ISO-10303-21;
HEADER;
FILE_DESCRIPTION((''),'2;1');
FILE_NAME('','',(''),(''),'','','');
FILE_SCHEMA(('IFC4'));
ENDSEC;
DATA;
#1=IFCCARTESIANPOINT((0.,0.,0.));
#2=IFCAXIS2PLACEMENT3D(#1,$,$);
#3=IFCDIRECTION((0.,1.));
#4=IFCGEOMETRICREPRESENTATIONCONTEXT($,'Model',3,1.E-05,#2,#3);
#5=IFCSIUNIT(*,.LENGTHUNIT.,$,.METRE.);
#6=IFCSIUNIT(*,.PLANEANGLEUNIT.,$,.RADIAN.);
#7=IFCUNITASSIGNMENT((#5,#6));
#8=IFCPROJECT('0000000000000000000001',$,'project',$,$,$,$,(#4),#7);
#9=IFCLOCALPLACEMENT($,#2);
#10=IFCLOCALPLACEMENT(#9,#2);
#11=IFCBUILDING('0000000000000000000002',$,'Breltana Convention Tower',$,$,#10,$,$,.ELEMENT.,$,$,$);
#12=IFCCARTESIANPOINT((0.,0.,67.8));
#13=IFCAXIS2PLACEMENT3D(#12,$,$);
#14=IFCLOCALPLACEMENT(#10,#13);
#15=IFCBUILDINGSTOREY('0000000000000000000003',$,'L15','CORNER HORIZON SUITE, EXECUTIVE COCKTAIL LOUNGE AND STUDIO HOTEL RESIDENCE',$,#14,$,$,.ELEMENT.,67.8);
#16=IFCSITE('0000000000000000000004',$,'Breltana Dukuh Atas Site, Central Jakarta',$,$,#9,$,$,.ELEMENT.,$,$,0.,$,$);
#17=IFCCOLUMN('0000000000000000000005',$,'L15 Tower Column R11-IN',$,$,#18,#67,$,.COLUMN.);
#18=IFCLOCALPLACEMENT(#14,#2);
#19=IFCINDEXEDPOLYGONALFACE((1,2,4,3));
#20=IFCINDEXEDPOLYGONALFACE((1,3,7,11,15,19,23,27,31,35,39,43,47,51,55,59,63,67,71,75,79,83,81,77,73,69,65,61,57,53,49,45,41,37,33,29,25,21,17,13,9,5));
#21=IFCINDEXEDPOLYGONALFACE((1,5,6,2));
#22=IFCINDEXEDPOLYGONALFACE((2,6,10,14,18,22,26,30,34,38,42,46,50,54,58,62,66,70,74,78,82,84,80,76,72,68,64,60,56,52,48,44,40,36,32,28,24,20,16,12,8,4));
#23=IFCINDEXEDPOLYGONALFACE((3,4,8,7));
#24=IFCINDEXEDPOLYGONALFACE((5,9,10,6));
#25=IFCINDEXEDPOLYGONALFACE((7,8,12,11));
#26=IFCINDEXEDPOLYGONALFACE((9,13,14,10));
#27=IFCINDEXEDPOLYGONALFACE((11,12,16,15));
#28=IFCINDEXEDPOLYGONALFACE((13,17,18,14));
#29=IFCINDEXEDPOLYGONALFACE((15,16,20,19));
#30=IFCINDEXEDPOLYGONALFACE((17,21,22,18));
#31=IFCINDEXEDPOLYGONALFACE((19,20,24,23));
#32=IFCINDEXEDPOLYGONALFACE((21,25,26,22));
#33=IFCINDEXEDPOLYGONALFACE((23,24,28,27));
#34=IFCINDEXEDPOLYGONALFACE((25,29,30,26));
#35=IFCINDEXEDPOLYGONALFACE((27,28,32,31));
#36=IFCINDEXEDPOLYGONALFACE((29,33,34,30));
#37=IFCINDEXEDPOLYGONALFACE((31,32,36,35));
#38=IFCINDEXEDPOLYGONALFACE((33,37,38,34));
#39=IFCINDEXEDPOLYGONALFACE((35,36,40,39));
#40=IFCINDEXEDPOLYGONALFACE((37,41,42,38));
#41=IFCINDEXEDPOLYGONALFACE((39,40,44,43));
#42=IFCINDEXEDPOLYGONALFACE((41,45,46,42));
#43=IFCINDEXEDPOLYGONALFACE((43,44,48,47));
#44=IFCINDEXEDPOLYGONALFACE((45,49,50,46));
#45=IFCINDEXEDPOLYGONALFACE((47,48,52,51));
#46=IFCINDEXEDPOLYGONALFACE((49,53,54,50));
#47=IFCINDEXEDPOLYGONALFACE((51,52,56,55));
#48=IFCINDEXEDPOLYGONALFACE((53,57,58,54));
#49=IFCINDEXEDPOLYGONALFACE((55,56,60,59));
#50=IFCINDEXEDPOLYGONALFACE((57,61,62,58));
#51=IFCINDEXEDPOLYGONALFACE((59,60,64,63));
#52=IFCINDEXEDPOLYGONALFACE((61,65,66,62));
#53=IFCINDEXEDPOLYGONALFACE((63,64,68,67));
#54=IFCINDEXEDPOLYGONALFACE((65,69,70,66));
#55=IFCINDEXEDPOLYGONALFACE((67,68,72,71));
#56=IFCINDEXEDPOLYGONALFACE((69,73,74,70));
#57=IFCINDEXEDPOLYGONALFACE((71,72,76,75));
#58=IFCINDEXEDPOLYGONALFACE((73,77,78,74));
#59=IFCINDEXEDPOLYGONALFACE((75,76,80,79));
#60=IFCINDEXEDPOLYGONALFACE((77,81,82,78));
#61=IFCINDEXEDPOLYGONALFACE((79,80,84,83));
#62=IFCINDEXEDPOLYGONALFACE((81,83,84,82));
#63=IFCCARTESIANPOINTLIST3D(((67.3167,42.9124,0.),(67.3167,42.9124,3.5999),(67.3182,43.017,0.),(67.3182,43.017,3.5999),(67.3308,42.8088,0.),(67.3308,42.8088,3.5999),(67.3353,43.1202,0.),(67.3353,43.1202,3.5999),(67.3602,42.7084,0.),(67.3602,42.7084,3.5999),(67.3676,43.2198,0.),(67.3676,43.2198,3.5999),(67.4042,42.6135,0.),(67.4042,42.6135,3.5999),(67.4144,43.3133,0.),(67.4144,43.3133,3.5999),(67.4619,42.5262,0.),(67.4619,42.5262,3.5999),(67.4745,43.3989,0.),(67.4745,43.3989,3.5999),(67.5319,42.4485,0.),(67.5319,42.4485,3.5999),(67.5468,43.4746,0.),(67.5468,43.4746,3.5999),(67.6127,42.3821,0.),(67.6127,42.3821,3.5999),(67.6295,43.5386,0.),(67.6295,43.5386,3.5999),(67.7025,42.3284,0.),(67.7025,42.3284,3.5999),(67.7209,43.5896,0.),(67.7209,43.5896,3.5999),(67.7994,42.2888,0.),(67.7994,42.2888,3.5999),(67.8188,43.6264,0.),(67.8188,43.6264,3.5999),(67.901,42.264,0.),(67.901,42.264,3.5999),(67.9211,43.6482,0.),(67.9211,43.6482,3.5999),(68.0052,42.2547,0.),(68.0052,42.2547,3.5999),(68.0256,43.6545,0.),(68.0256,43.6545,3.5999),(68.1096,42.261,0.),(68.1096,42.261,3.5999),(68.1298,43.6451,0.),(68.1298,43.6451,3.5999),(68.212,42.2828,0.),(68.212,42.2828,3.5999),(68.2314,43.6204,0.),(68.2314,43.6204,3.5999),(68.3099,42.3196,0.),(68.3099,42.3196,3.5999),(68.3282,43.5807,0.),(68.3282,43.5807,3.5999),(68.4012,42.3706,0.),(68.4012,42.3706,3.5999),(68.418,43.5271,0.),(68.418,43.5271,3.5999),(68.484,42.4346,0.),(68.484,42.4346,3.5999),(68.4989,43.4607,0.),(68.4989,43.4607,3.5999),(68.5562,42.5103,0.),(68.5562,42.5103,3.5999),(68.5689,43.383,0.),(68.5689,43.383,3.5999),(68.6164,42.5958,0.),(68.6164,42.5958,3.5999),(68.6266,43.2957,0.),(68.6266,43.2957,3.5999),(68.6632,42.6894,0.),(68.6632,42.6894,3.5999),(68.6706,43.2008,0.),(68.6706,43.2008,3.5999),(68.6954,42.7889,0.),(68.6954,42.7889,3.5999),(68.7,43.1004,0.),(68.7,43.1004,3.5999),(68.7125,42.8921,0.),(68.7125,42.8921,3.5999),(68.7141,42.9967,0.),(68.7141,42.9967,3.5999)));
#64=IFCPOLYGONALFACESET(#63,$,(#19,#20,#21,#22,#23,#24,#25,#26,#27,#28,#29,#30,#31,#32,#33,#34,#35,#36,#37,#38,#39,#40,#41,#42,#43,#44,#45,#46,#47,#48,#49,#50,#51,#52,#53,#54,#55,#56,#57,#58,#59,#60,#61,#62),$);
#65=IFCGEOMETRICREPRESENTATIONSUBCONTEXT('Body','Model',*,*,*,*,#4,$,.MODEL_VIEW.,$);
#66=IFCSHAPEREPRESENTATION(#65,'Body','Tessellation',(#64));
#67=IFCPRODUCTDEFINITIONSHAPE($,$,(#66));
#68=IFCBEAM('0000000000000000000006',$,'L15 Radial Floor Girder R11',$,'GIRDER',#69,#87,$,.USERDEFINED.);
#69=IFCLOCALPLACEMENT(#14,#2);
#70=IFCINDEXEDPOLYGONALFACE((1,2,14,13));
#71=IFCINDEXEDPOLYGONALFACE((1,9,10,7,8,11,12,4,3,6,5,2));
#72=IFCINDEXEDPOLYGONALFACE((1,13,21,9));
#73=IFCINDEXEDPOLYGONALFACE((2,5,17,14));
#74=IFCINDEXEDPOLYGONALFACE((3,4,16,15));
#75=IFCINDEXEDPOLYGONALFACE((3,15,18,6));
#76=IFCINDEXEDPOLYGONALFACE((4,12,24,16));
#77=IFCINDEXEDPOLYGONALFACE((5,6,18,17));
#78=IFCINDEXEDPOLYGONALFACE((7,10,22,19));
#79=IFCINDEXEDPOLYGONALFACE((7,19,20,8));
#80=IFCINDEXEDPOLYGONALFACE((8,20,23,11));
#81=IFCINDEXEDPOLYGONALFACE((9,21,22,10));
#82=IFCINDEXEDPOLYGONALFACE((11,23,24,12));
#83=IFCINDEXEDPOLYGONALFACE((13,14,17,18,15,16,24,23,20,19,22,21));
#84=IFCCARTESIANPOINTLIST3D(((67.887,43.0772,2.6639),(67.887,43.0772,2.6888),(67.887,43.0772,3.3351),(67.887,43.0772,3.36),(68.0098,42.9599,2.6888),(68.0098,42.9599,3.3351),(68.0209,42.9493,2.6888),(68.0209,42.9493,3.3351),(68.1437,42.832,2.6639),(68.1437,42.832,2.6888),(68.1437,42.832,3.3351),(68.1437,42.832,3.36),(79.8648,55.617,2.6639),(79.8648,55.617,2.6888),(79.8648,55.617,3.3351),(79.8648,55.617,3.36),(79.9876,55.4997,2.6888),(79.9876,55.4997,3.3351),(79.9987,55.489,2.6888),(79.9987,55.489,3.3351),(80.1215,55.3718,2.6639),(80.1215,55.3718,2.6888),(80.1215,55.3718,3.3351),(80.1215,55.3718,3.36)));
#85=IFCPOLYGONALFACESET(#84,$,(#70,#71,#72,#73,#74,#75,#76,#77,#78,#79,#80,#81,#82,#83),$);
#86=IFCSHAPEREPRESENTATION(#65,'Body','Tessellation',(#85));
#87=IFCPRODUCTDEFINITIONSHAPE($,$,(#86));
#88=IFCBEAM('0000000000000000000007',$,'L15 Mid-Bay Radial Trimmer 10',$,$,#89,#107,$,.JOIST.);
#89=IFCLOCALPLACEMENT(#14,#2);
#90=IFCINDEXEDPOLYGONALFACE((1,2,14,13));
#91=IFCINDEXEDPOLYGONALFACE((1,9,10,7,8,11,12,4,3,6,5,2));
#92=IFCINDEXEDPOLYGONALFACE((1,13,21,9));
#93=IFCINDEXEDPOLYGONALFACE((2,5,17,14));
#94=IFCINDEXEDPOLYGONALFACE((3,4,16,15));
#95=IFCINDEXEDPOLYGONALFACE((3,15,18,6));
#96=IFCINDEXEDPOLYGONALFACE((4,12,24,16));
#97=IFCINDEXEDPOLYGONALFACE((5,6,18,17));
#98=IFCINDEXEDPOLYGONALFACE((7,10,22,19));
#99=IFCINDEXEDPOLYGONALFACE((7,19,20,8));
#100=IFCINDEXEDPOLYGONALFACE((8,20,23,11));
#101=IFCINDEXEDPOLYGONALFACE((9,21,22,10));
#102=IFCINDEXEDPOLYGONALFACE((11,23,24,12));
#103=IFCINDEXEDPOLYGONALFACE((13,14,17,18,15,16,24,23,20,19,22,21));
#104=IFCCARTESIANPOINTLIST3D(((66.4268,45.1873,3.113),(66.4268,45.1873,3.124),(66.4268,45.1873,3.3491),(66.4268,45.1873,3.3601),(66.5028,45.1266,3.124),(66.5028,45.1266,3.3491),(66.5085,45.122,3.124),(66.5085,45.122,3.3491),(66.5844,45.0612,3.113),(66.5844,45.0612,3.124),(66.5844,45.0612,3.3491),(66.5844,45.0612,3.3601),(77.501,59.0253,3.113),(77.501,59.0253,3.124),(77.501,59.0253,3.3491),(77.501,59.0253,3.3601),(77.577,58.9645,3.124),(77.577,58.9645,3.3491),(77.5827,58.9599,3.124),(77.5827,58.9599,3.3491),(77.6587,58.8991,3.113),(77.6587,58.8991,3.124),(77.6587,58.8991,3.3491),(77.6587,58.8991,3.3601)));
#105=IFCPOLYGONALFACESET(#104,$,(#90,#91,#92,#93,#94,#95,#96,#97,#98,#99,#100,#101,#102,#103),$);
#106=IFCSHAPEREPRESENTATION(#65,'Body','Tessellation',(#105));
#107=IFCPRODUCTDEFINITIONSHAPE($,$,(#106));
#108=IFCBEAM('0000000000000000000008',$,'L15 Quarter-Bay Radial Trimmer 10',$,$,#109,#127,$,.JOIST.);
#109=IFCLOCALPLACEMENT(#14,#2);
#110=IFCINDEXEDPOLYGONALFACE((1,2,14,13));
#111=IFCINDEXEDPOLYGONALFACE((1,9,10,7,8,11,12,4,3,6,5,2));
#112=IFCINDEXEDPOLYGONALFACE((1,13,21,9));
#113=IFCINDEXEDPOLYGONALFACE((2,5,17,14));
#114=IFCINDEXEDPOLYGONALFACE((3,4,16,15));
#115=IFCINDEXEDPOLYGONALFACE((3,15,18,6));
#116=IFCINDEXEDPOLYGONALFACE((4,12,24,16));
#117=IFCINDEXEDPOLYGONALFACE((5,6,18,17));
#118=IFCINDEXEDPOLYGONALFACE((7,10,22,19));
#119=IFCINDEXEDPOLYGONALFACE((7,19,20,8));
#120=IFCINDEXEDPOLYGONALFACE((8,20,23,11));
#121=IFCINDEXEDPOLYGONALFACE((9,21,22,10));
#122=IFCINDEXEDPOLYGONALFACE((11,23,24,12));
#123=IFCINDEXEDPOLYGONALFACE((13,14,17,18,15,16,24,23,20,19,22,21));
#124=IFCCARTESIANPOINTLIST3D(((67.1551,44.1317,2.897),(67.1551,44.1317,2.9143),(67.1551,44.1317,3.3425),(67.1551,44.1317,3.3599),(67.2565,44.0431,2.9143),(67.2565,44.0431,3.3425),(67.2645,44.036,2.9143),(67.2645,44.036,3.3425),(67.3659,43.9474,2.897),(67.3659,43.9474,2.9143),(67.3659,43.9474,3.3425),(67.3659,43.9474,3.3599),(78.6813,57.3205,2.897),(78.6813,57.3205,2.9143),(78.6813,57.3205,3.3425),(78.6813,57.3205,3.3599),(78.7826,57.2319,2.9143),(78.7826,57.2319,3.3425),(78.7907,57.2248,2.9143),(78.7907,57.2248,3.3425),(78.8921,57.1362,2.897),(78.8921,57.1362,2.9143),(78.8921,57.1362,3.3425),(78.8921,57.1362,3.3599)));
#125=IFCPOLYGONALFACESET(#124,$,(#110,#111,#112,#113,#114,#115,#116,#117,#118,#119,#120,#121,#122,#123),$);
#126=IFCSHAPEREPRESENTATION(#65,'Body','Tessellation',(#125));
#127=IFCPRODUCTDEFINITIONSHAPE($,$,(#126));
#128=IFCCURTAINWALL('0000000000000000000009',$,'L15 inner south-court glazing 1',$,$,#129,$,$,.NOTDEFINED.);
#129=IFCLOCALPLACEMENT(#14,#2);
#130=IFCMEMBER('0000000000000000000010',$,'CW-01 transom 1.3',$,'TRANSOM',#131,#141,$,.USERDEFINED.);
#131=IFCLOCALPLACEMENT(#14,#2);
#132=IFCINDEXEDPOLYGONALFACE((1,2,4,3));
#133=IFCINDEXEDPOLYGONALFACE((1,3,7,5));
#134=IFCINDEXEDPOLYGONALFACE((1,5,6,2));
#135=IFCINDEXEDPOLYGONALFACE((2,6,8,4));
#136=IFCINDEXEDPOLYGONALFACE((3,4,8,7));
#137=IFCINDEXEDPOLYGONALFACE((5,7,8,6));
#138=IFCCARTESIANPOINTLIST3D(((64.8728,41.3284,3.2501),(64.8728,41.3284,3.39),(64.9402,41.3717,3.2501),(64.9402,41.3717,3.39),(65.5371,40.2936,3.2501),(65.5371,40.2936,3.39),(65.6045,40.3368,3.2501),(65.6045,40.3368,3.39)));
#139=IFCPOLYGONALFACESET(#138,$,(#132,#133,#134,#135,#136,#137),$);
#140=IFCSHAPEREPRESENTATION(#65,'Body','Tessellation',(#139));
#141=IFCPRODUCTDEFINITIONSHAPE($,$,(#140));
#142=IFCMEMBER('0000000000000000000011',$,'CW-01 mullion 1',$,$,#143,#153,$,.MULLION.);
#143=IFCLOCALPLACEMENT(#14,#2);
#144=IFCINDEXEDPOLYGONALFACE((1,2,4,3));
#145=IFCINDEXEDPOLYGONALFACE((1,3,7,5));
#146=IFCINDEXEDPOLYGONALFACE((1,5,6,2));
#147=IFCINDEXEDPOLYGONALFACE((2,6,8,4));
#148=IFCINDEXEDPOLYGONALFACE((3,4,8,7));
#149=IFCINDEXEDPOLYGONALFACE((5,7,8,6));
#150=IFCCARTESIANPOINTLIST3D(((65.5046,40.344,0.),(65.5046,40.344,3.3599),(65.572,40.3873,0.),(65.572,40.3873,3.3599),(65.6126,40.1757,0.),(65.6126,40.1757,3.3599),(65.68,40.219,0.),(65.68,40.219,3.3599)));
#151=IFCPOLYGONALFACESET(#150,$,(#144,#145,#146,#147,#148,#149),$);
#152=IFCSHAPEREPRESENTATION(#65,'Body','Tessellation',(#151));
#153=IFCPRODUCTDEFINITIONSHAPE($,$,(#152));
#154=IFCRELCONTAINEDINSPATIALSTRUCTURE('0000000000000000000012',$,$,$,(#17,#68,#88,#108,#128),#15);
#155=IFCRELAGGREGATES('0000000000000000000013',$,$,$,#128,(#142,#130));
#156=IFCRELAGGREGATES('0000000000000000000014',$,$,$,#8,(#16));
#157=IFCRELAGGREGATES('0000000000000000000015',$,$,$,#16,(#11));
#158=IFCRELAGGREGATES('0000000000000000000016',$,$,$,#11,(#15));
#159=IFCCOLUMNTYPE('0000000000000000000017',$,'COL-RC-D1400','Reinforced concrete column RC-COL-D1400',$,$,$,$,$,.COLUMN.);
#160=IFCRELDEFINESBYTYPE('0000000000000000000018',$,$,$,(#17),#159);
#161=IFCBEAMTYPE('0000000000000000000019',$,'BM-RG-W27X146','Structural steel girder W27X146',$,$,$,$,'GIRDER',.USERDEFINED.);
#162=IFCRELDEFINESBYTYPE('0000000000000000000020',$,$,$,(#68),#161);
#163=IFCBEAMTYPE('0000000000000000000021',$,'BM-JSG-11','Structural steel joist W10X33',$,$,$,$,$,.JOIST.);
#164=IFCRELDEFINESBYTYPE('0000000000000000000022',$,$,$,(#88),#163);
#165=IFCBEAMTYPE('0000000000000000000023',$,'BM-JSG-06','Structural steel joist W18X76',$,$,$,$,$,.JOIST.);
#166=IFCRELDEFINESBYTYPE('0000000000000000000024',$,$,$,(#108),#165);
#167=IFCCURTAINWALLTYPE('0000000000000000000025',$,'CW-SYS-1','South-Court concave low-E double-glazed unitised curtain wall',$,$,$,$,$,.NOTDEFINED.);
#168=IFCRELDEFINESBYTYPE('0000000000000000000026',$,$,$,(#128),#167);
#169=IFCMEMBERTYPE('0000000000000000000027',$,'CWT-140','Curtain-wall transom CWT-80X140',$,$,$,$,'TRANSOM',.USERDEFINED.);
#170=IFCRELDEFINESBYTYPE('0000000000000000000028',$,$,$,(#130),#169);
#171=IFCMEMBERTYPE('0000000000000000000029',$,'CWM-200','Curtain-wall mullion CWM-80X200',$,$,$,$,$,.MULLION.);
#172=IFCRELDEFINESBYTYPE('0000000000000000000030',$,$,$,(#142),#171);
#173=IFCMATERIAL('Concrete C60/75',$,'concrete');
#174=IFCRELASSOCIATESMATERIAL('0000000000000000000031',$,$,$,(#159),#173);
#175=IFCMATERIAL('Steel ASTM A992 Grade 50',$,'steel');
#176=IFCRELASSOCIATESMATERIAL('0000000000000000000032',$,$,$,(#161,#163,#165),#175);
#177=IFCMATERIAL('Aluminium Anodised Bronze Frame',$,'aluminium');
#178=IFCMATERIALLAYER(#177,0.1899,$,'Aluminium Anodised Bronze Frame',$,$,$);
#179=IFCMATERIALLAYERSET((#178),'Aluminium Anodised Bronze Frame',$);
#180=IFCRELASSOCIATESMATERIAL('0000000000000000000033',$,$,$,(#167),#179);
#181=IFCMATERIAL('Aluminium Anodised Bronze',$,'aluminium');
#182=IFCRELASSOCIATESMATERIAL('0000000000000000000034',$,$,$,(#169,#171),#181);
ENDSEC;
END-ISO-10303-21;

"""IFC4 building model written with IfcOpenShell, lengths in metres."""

from ifc_helpers import new_model, si_unit, direction, frame, origin, origin_2d, place, context, subcontext, project, spatial, rectangle, circle, i_section, extrude, source, transform, mapped, material, layer, layer_set, material_profile, profile_set, type_object, type_shapes, element, aggregate, save


model = new_model("IFC4")

# Units and contexts
model_context = context("Model", 3, precision=1e-05, world=origin(), true_north=direction((0.0, 1.0)))
body_context = subcontext(model_context, "Body", "Model", "MODEL_VIEW")
ifc_project = project(units=[si_unit("LENGTHUNIT", "METRE"), si_unit("PLANEANGLEUNIT", "RADIAN")], contexts=[model_context])

# Site, building, storey
site_placement = place(None, origin())
site = spatial("IfcSite", under=ifc_project, at=site_placement, Name="Breltana Dukuh Atas Site, Central Jakarta", CompositionType="ELEMENT", RefElevation=0.0)
building_placement = place(site_placement, origin())
building = spatial("IfcBuilding", under=site, at=building_placement, Name="Breltana Convention Tower", CompositionType="ELEMENT")
storey_placement = place(building_placement, frame((0.0, 0.0, 67.8)))
storey = spatial("IfcBuildingStorey", under=building, at=storey_placement, Name="L15", Description="CORNER HORIZON SUITE, EXECUTIVE COCKTAIL LOUNGE AND STUDIO HOTEL RESIDENCE", CompositionType="ELEMENT", Elevation=67.8)

# Column
ifc_material_1 = material(Name="Concrete C60/75", Category="concrete")
ifc_material_profile_1 = material_profile(ifc_material_1, circle(Radius=0.7, at=origin_2d()), Name="RC-COL-D1400")
ifc_profile_set_1 = profile_set([ifc_material_profile_1], Name="Concrete C60/75")
column_type = type_object("IfcColumnType", Name="COL-RC-D1400", Description="Reinforced concrete column RC-COL-D1400", PredefinedType="COLUMN", material=ifc_profile_set_1)
shared_shape_1 = source(origin(), body_context, "Body", "SweptSolid", [
    extrude(circle(Radius=0.7, at=origin_2d()), origin(), (0.0, 0.0, 1.0), 3.5999),
])
column_placement = place(storey_placement, frame((68.0154, 42.9546, 0.0), z_axis=(0.0, 0.0, 1.0), x_axis=(0.690756, 0.723088, 0.0)))
element("IfcColumn", 1, at=column_placement, inside=storey, type_object=column_type, Name="L15 Tower Column R11-IN", PredefinedType="COLUMN", context=body_context, shape_type="MappedRepresentation", body=[
    mapped(shared_shape_1, transform((0.0, 0.0, 0.0), scale=1.0)),
])

# Beams
ifc_material_2 = material(Name="Steel ASTM A992 Grade 50", Category="steel")
ifc_material_profile_2 = material_profile(ifc_material_2, i_section(OverallWidth=0.355, OverallDepth=0.696, WebThickness=0.0154, FlangeThickness=0.0249, at=origin_2d()), Name="W27X146")
ifc_profile_set_2 = profile_set([ifc_material_profile_2], Name="Steel ASTM A992 Grade 50")
beam_type_1 = type_object("IfcBeamType", Name="BM-RG-W27X146", Description="Structural steel girder W27X146", ElementType="GIRDER", PredefinedType="USERDEFINED", material=ifc_profile_set_2)
shared_shape_2 = source(origin(), body_context, "Body", "SweptSolid", [
    extrude(i_section(OverallWidth=0.355, OverallDepth=0.696, WebThickness=0.0154, FlangeThickness=0.0249, at=origin_2d()), origin(), (0.0, 0.0, 1.0), 17.3411),
])
type_shapes(beam_type_1, [shared_shape_2])
beam_1_placement = place(storey_placement, frame((68.0154, 42.9546, 3.012), z_axis=(0.690716, 0.723126, 0.0), x_axis=(-0.723126, 0.690716, 0.0)))
element("IfcBeam", 2, at=beam_1_placement, inside=storey, type_object=beam_type_1, Name="L15 Radial Floor Girder R11", ObjectType="GIRDER", PredefinedType="USERDEFINED", context=body_context, shape_type="MappedRepresentation", body=[
    mapped(shared_shape_2, transform((0.0, 0.0, 0.0), scale=1.0)),
])
ifc_material_profile_3 = material_profile(ifc_material_2, i_section(OverallWidth=0.2019, OverallDepth=0.2471, WebThickness=0.0073, FlangeThickness=0.011, at=origin_2d()), Name="W10X33")
ifc_profile_set_3 = profile_set([ifc_material_profile_3], Name="Steel ASTM A992 Grade 50")
beam_type_2 = type_object("IfcBeamType", Name="BM-JSG-11", Description="Structural steel joist W10X33", PredefinedType="JOIST", material=ifc_profile_set_3)
shared_shape_3 = source(origin(), body_context, "Body", "SweptSolid", [
    extrude(i_section(OverallWidth=0.2019, OverallDepth=0.2471, WebThickness=0.0073, FlangeThickness=0.011, at=origin_2d()), origin(), (0.0, 0.0, 1.0), 17.7236),
])
beam_2_placement = place(storey_placement, frame((66.5056, 45.1243, 3.2366), z_axis=(0.624829, 0.780761, 0.0), x_axis=(-0.780761, 0.624829, 0.0)))
element("IfcBeam", 3, at=beam_2_placement, inside=storey, type_object=beam_type_2, Name="L15 Mid-Bay Radial Trimmer 10", PredefinedType="JOIST", context=body_context, shape_type="MappedRepresentation", body=[
    mapped(shared_shape_3, transform((0.0, 0.0, 0.0), scale=1.0)),
])
ifc_material_profile_4 = material_profile(ifc_material_2, i_section(OverallWidth=0.28, OverallDepth=0.4629, WebThickness=0.0107, FlangeThickness=0.0173, at=origin_2d()), Name="W18X76")
ifc_profile_set_4 = profile_set([ifc_material_profile_4], Name="Steel ASTM A992 Grade 50")
beam_type_3 = type_object("IfcBeamType", Name="BM-JSG-06", Description="Structural steel joist W18X76", PredefinedType="JOIST", material=ifc_profile_set_4)
shared_shape_4 = source(origin(), body_context, "Body", "SweptSolid", [
    extrude(i_section(OverallWidth=0.28, OverallDepth=0.4629, WebThickness=0.0107, FlangeThickness=0.0173, at=origin_2d()), origin(), (0.0, 0.0, 1.0), 17.5156),
])
beam_3_placement = place(storey_placement, frame((67.2605, 44.0396, 3.1284), z_axis=(0.658052, 0.752973, 0.0), x_axis=(-0.752973, 0.658052, 0.0)))
element("IfcBeam", 4, at=beam_3_placement, inside=storey, type_object=beam_type_3, Name="L15 Quarter-Bay Radial Trimmer 10", PredefinedType="JOIST", context=body_context, shape_type="MappedRepresentation", body=[
    mapped(shared_shape_4, transform((0.0, 0.0, 0.0), scale=1.0)),
])

# Curtain wall, members
ifc_material_3 = material(Name="Aluminium Anodised Bronze Frame", Category="aluminium")
ifc_layer_1 = layer(ifc_material_3, 0.1899, Name="Aluminium Anodised Bronze Frame")
ifc_layer_set_1 = layer_set([ifc_layer_1], Name="Aluminium Anodised Bronze Frame")
curtain_wall_type = type_object("IfcCurtainWallType", Name="CW-SYS-1", Description="South-Court concave low-E double-glazed unitised curtain wall", PredefinedType="NOTDEFINED", material=ifc_layer_set_1)
curtain_wall_placement = place(storey_placement, origin())
curtain_wall = element("IfcCurtainWall", 5, at=curtain_wall_placement, inside=storey, type_object=curtain_wall_type, Name="L15 inner south-court glazing 1", PredefinedType="NOTDEFINED")
ifc_material_4 = material(Name="Aluminium Anodised Bronze", Category="aluminium")
ifc_material_profile_5 = material_profile(ifc_material_4, rectangle(XDim=0.0801, YDim=0.1399, at=origin_2d()), Name="CWT-80X140")
ifc_profile_set_5 = profile_set([ifc_material_profile_5], Name="Aluminium Anodised Bronze")
member_type_1 = type_object("IfcMemberType", Name="CWT-140", Description="Curtain-wall transom CWT-80X140", ElementType="TRANSOM", PredefinedType="USERDEFINED", material=ifc_profile_set_5)
shared_shape_5 = source(origin(), body_context, "Body", "SweptSolid", [
    extrude(rectangle(XDim=0.0801, YDim=0.1399, at=origin_2d()), origin(), (0.0, 0.0, 1.0), 1.2297),
])
member_1_placement = place(storey_placement, frame((65.5708, 40.3152, 3.3201), z_axis=(-0.540186, 0.841546, 0.0), x_axis=(-0.841546, -0.540186, 0.0)))
member_1 = element("IfcMember", 6, at=member_1_placement, type_object=member_type_1, Name="CW-01 transom 1.3", ObjectType="TRANSOM", PredefinedType="USERDEFINED", context=body_context, shape_type="MappedRepresentation", body=[
    mapped(shared_shape_5, transform((0.0, 0.0, 0.0), scale=1.0)),
])
ifc_material_profile_6 = material_profile(ifc_material_4, rectangle(XDim=0.0801, YDim=0.2, at=origin_2d()), Name="CWM-80X200")
ifc_profile_set_6 = profile_set([ifc_material_profile_6], Name="Aluminium Anodised Bronze")
member_type_2 = type_object("IfcMemberType", Name="CWM-200", Description="Curtain-wall mullion CWM-80X200", PredefinedType="MULLION", material=ifc_profile_set_6)
shared_shape_6 = source(origin(), body_context, "Body", "SweptSolid", [
    extrude(rectangle(XDim=0.0801, YDim=0.2, at=origin_2d()), origin(), (0.0, 0.0, 1.0), 3.3599),
])
member_2_placement = place(storey_placement, frame((65.5923, 40.2815, 0.0), z_axis=(0.0, 0.0, 1.0), x_axis=(-0.841556, -0.54017, 0.0)))
member_2 = element("IfcMember", 7, at=member_2_placement, type_object=member_type_2, Name="CW-01 mullion 1", PredefinedType="MULLION", context=body_context, shape_type="MappedRepresentation", body=[
    mapped(shared_shape_6, transform((0.0, 0.0, 0.0), scale=1.0)),
])
aggregate(curtain_wall, [member_2, member_1])

save(model, "model.ifc")
